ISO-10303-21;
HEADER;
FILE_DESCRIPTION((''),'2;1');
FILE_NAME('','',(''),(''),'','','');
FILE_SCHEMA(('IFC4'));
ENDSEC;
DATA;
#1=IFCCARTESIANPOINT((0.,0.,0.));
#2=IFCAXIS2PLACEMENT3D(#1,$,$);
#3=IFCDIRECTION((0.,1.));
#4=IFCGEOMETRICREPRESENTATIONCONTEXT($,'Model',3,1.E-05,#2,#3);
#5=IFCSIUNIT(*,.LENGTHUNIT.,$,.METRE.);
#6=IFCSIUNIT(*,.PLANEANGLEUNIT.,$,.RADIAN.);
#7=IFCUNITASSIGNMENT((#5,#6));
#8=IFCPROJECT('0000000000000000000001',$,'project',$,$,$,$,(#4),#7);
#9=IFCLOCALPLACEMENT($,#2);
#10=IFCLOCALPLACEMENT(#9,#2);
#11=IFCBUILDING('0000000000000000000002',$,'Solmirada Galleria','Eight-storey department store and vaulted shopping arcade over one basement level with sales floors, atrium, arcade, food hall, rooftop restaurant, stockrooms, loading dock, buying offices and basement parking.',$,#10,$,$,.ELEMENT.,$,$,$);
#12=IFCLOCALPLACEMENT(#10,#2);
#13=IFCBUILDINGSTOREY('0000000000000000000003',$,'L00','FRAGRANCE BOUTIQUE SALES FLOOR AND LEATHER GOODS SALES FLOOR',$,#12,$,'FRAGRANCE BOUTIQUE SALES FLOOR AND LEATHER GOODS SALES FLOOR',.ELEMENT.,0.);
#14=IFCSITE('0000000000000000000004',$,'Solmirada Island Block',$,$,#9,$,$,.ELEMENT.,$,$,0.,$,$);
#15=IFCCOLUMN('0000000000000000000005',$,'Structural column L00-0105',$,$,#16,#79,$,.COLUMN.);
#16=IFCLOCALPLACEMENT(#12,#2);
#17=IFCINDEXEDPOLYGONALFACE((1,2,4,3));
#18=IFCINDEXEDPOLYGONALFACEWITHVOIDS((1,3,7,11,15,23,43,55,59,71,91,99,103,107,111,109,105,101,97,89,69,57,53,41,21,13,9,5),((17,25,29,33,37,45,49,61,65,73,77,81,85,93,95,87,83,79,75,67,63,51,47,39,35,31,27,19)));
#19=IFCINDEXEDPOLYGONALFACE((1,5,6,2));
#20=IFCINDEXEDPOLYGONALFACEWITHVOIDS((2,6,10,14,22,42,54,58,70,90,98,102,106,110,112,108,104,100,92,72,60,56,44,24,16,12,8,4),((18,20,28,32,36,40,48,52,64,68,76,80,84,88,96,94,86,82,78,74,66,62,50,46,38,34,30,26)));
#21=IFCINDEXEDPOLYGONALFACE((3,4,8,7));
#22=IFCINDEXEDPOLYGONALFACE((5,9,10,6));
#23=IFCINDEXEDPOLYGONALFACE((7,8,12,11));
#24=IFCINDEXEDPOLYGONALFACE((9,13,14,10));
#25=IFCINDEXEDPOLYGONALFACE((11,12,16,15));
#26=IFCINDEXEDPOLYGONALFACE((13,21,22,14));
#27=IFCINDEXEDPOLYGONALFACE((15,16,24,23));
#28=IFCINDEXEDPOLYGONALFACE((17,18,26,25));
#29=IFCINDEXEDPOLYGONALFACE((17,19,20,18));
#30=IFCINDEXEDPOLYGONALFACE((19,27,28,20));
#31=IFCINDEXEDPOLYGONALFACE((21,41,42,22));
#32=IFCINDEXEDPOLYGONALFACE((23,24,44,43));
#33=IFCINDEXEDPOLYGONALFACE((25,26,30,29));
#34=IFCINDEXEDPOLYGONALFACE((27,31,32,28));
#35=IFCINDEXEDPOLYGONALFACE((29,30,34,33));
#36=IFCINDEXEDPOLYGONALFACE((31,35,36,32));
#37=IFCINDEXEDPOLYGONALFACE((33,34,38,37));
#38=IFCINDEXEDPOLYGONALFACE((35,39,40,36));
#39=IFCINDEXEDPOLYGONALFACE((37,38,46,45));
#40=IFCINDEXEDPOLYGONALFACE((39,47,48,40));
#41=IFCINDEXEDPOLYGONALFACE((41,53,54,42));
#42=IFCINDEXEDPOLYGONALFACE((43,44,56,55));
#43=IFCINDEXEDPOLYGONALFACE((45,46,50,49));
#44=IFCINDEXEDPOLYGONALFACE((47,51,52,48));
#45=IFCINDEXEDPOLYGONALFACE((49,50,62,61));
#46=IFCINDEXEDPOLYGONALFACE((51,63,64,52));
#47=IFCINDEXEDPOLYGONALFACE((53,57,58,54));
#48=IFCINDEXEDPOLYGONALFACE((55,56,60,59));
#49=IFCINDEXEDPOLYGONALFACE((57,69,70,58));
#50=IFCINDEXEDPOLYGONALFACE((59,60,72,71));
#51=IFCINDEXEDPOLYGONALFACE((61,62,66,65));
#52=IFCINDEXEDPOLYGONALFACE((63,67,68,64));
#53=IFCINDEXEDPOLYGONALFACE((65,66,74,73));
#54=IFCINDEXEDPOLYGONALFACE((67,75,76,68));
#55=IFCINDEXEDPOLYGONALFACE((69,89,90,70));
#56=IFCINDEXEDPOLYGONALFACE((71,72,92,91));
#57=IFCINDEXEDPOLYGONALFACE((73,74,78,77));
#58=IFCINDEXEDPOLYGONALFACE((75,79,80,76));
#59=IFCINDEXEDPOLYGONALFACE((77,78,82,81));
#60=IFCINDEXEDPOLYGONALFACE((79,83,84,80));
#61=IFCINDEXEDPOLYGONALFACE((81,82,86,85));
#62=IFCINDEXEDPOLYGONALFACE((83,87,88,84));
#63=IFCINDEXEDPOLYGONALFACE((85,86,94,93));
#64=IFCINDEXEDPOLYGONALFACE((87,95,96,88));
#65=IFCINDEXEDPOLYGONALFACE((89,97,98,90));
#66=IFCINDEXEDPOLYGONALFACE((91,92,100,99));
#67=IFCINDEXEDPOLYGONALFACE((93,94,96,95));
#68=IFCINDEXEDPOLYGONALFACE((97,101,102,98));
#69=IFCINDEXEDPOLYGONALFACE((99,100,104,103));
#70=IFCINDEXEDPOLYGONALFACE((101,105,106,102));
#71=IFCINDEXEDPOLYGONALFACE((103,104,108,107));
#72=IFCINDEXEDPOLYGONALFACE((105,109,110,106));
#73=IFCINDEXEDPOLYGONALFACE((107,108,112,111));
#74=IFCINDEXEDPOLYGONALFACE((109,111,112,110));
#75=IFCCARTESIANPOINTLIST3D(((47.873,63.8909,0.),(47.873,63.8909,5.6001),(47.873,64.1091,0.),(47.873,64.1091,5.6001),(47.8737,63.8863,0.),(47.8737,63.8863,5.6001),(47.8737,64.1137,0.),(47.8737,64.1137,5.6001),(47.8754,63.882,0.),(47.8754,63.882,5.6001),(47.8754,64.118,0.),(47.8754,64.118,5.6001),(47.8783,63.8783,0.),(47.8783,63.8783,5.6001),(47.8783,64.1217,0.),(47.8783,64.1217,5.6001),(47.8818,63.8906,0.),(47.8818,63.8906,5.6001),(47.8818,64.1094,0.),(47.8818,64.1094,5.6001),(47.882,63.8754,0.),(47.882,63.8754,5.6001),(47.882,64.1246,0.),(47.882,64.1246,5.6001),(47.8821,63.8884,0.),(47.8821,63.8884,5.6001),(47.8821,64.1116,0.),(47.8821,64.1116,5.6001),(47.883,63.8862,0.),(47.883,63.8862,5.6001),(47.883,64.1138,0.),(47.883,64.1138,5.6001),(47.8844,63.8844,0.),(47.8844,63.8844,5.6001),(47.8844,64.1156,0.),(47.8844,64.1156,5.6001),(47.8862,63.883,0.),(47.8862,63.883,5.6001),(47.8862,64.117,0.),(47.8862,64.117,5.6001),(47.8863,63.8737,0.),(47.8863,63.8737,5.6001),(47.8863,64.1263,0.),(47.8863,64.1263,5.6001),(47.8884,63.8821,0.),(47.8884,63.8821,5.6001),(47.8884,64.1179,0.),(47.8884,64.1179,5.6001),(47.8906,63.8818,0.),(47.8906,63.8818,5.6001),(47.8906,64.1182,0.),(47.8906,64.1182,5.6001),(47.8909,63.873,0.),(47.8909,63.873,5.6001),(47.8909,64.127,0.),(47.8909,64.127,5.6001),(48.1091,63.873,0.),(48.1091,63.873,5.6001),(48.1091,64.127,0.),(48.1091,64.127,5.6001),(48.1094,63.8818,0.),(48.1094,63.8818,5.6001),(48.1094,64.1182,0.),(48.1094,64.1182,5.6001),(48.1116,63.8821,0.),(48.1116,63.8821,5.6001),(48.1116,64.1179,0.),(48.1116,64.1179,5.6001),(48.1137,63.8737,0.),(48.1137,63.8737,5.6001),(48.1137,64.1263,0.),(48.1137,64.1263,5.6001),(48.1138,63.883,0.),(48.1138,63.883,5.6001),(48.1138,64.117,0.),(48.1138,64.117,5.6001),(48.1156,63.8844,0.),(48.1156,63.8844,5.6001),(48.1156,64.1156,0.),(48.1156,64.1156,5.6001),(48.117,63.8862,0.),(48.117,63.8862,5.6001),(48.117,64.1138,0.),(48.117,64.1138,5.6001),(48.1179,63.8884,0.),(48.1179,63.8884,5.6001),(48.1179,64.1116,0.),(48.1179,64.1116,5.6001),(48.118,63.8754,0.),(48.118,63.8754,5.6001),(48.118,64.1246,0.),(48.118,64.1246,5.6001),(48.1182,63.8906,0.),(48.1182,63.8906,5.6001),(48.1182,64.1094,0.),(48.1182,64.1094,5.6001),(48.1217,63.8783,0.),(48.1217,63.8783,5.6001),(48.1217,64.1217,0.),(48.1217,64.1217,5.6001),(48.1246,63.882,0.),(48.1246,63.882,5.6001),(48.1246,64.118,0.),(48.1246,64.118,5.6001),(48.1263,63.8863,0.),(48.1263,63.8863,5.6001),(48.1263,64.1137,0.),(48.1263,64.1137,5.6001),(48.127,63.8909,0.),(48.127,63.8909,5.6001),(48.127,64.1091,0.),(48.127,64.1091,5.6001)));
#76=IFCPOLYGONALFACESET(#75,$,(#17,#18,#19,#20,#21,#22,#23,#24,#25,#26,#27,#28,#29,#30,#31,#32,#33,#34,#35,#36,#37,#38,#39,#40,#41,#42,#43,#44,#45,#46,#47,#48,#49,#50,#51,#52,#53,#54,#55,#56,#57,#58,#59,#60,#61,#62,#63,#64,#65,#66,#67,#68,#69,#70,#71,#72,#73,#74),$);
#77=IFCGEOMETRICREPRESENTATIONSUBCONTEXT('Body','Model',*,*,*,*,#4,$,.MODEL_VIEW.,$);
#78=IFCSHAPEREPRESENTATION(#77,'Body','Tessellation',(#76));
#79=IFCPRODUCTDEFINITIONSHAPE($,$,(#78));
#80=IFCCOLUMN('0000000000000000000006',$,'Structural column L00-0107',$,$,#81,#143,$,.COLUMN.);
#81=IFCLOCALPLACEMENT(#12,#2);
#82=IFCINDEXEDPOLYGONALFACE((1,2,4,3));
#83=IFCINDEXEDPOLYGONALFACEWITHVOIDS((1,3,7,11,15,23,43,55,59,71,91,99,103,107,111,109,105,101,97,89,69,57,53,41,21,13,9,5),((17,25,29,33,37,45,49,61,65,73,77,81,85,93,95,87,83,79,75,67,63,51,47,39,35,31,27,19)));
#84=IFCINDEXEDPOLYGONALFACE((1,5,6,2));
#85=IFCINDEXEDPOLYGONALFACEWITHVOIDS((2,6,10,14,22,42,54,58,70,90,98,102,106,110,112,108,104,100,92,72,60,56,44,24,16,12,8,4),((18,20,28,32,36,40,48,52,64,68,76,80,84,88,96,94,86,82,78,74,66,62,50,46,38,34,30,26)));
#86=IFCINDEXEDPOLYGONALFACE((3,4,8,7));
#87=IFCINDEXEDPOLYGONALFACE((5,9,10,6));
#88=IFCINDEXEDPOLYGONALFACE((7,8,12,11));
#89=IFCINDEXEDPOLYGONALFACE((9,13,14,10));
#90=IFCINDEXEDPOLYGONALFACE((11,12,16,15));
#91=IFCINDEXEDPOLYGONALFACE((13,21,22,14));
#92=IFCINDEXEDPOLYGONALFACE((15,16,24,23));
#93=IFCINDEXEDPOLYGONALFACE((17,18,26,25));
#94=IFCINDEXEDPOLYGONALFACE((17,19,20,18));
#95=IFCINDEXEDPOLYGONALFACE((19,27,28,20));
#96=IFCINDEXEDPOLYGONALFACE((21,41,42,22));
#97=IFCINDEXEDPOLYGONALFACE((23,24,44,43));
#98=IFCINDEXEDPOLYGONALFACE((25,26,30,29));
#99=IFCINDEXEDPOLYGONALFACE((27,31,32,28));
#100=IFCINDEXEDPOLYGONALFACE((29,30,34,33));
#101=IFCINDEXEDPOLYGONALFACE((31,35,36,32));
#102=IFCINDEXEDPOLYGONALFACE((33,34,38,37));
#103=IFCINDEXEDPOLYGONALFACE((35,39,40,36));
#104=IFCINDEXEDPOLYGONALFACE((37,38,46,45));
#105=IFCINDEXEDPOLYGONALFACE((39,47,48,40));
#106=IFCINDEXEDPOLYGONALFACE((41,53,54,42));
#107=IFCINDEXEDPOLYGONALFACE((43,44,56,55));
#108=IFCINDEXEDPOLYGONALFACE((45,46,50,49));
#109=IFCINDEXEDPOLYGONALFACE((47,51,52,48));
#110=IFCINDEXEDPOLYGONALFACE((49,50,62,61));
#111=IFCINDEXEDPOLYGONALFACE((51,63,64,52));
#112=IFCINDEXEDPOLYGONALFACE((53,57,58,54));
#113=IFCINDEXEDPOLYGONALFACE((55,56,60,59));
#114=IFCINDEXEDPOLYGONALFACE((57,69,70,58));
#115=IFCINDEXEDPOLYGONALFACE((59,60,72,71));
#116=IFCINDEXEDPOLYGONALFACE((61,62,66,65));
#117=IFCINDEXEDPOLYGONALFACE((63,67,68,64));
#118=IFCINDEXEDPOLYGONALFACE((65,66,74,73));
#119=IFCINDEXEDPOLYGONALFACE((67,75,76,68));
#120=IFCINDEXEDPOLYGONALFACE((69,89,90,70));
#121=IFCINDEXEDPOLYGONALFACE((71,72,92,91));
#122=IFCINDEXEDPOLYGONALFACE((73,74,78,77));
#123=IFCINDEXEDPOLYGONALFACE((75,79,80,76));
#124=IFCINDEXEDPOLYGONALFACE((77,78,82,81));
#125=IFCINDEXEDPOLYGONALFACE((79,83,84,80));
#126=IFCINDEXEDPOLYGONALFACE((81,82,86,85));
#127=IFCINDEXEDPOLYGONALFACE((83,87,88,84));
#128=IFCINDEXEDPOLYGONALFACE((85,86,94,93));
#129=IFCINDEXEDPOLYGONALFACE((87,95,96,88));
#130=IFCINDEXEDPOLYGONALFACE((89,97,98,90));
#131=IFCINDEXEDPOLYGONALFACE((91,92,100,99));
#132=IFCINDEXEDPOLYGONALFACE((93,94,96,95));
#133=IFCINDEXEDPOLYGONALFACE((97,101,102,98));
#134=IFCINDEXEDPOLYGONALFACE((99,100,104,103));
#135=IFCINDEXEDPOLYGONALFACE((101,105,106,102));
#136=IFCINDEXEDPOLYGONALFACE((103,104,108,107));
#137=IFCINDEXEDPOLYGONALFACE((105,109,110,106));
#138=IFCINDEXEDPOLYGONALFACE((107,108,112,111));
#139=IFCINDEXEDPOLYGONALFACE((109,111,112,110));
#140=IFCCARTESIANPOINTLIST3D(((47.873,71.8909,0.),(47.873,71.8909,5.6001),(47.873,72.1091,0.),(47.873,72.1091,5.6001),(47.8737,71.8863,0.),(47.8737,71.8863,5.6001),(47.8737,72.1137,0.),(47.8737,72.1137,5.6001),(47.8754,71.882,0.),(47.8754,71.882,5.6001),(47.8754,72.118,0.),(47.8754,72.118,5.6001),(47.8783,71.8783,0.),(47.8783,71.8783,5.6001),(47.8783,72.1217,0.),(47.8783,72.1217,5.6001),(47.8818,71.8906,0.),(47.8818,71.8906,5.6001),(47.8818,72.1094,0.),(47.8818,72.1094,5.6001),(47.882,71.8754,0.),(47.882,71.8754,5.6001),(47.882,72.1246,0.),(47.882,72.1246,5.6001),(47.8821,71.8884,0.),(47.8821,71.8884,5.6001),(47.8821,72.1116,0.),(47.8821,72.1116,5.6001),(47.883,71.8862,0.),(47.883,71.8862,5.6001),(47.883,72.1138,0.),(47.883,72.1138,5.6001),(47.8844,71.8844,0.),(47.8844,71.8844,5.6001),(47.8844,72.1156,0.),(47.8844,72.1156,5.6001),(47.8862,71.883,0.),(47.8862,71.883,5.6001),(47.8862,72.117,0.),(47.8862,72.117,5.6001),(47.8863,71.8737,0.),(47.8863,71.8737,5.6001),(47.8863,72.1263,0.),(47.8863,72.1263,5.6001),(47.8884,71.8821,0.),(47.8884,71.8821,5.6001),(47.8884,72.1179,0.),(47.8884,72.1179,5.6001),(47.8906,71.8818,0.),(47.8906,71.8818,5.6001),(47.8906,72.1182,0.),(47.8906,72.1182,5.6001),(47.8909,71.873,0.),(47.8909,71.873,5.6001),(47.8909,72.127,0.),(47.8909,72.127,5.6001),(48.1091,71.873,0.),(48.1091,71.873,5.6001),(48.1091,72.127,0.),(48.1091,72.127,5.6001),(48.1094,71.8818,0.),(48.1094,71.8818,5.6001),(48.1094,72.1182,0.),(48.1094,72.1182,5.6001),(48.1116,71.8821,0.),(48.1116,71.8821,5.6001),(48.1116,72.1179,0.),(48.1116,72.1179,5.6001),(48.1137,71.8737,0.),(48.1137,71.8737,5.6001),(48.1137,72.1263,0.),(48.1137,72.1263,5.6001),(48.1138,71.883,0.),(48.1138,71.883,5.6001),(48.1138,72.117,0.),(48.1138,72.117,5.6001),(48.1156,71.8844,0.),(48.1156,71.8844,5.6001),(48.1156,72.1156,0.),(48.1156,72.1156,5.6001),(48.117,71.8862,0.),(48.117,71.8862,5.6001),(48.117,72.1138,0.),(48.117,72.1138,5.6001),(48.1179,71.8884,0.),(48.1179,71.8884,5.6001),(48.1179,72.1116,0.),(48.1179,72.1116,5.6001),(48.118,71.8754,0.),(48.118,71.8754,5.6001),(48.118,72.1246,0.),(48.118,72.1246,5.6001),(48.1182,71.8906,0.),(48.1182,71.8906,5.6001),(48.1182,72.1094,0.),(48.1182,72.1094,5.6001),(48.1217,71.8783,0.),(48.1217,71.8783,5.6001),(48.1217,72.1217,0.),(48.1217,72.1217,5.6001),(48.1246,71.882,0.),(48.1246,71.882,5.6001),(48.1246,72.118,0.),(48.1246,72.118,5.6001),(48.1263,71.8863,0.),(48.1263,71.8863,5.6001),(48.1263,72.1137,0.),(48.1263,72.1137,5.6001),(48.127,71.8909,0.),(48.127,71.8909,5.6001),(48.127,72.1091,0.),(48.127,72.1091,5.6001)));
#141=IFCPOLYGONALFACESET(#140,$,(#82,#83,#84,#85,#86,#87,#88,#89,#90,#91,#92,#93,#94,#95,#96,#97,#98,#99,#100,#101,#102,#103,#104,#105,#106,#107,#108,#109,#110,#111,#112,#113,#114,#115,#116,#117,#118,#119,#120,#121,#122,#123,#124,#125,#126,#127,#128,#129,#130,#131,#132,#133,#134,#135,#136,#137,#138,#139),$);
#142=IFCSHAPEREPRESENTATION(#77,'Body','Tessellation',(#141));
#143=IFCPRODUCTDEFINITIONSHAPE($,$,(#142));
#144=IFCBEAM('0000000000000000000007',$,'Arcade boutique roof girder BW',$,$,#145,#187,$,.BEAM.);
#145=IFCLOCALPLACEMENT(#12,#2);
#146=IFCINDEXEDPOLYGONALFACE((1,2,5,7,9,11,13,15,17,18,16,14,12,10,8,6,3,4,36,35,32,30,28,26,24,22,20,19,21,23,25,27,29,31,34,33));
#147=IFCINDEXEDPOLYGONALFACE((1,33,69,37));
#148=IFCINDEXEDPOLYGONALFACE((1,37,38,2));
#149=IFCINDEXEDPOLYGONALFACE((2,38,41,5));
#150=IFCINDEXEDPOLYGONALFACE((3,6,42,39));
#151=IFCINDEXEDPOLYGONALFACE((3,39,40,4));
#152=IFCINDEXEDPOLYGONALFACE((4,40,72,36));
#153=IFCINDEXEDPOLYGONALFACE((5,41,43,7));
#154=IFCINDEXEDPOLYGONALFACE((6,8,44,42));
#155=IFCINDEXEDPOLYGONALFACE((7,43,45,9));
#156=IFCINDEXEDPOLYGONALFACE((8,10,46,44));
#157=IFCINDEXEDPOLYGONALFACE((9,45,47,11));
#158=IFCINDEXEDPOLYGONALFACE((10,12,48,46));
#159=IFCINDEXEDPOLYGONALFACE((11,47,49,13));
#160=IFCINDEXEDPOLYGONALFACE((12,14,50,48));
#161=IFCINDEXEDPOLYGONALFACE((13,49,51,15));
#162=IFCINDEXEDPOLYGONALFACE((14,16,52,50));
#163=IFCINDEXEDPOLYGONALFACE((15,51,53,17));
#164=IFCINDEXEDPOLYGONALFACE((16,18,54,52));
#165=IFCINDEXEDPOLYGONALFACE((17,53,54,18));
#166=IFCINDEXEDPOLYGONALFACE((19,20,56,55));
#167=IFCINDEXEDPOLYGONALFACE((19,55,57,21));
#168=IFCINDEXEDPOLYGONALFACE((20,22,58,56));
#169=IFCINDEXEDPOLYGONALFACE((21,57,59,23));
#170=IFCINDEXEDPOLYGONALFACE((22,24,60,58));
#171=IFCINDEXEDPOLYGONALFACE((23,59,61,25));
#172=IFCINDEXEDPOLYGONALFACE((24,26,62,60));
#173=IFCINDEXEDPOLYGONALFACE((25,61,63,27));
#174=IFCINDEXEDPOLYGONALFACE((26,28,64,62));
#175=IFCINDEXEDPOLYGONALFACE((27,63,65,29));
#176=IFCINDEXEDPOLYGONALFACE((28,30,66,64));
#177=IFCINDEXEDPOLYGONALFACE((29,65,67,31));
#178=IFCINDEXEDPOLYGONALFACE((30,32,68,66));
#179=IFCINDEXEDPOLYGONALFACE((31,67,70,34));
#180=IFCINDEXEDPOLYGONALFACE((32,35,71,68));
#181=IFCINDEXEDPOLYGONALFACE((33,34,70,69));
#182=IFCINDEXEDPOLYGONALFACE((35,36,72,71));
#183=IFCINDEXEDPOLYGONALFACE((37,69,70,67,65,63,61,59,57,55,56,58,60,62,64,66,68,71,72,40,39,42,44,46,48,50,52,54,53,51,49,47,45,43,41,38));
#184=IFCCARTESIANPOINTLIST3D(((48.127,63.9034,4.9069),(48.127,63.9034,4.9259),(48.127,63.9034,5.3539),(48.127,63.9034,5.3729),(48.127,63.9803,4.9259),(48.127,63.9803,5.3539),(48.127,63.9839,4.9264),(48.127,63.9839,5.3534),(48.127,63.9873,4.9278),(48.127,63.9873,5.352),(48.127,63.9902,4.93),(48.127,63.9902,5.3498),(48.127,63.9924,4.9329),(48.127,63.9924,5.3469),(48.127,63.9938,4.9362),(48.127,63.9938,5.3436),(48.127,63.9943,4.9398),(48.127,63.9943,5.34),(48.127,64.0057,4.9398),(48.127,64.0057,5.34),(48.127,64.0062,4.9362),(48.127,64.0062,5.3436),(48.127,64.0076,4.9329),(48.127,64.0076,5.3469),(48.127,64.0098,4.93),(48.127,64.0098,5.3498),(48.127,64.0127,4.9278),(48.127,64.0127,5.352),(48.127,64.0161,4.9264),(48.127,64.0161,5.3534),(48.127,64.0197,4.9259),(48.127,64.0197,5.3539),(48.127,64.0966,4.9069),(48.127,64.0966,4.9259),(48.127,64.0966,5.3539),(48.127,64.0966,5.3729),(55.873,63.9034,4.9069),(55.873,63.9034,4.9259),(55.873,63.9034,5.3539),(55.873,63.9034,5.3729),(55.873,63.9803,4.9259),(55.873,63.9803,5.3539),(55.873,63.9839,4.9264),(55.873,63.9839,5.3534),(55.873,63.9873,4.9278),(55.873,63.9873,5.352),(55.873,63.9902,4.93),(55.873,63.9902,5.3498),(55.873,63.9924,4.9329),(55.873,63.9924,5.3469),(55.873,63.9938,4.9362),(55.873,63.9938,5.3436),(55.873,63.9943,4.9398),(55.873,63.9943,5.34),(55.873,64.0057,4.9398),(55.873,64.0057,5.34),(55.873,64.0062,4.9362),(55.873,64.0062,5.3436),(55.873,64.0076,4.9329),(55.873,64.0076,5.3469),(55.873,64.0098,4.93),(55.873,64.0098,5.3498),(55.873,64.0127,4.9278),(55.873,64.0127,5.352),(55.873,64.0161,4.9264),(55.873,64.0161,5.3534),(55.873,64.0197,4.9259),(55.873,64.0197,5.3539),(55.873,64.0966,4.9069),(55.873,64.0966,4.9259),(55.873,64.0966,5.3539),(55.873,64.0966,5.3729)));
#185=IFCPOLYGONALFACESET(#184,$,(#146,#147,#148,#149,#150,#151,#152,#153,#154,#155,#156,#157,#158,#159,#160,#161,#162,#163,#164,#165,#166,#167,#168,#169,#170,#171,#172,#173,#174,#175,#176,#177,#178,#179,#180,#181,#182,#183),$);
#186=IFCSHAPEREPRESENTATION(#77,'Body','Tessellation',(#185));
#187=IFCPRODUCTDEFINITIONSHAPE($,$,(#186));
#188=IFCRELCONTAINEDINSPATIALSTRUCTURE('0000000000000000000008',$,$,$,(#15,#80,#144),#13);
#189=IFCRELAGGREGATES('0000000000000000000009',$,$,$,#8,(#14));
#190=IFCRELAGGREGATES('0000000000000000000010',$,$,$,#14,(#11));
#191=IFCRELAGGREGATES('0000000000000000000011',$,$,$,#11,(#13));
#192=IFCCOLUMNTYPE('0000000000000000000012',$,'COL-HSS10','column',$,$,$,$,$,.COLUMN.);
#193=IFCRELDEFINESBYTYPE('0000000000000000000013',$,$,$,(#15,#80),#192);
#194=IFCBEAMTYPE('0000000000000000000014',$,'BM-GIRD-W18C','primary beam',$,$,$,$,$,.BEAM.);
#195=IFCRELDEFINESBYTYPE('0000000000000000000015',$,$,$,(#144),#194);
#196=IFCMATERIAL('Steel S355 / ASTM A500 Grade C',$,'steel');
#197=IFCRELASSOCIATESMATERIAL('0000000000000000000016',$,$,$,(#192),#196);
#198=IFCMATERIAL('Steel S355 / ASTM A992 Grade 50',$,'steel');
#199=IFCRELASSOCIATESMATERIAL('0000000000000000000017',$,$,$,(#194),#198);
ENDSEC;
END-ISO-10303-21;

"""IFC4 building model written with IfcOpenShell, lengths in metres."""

from ifc_helpers import new_model, si_unit, direction, frame, origin, origin_2d, place, context, subcontext, project, spatial, hollow_rectangle, i_section, extrude, material, material_profile, profile_set, type_object, element, save


model = new_model("IFC4")

# Units and contexts
model_context = context("Model", 3, precision=1e-05, world=origin(), true_north=direction((0.0, 1.0)))
body_context = subcontext(model_context, "Body", "Model", "MODEL_VIEW")
ifc_project = project(units=[si_unit("LENGTHUNIT", "METRE"), si_unit("PLANEANGLEUNIT", "RADIAN")], contexts=[model_context])

# Site, building, storey
site_placement = place(None, origin())
site = spatial("IfcSite", under=ifc_project, at=site_placement, Name="Solmirada Island Block", CompositionType="ELEMENT", RefElevation=0.0)
building_placement = place(site_placement, origin())
building = spatial("IfcBuilding", under=site, at=building_placement, Name="Solmirada Galleria", Description="Eight-storey department store and vaulted shopping arcade over one basement level with sales floors, atrium, arcade, food hall, rooftop restaurant, stockrooms, loading dock, buying offices and basement parking.", CompositionType="ELEMENT")
storey_placement = place(building_placement, origin())
storey = spatial("IfcBuildingStorey", under=building, at=storey_placement, Name="L00", Description="FRAGRANCE BOUTIQUE SALES FLOOR AND LEATHER GOODS SALES FLOOR", LongName="FRAGRANCE BOUTIQUE SALES FLOOR AND LEATHER GOODS SALES FLOOR", CompositionType="ELEMENT", Elevation=0.0)

# Columns
ifc_material_1 = material(Name="Steel S355 / ASTM A500 Grade C", Category="steel")
ifc_material_profile_1 = material_profile(ifc_material_1, hollow_rectangle(XDim=0.2539, YDim=0.2539, WallThickness=0.0088, InnerFilletRadius=0.0088, OuterFilletRadius=0.0178, at=origin_2d()), Name="HSS10X10X3/8")
ifc_profile_set_1 = profile_set([ifc_material_profile_1], Name="Steel S355 / ASTM A500 Grade C")
column_type = type_object("IfcColumnType", Name="COL-HSS10", Description="column", PredefinedType="COLUMN", material=ifc_profile_set_1)
for number, where, z_axis, x_axis, name in (
    (1, (48.0, 64.0, 0.0), (0.0, 0.0, 1.0), (1.0, 0.0, 0.0), "Structural column L00-0105"),
    (2, (48.0, 72.0, 0.0), (0.0, 0.0, 1.0), (1.0, 0.0, 0.0), "Structural column L00-0107"),
):
    element("IfcColumn", number, at=place(storey_placement, frame(where, z_axis=z_axis, x_axis=x_axis)), inside=storey, type_object=column_type, Name=name, PredefinedType="COLUMN", context=body_context, shape_type="SweptSolid", body=[
        extrude(hollow_rectangle(XDim=0.2539, YDim=0.2539, WallThickness=0.0088, InnerFilletRadius=0.0088, OuterFilletRadius=0.0178, at=origin_2d()), origin(), (0.0, 0.0, 1.0), 5.6001),
    ])

# Beam
ifc_material_2 = material(Name="Steel S355 / ASTM A992 Grade 50", Category="steel")
ifc_material_profile_2 = material_profile(ifc_material_2, i_section(OverallWidth=0.1931, OverallDepth=0.4661, WebThickness=0.0115, FlangeThickness=0.019, FilletRadius=0.0139, at=origin_2d()), Name="W18X65")
ifc_profile_set_2 = profile_set([ifc_material_profile_2], Name="Steel S355 / ASTM A992 Grade 50")
beam_type_1 = type_object("IfcBeamType", Name="BM-GIRD-W18C", Description="primary beam", PredefinedType="BEAM", material=ifc_profile_set_2)
beam_1_placement = place(storey_placement, frame((48.127, 64.0, 5.1399), z_axis=(1.0, 0.0, 0.0), x_axis=(0.0, 1.0, 0.0)))
element("IfcBeam", 3, at=beam_1_placement, inside=storey, type_object=beam_type_1, Name="Arcade boutique roof girder BW", PredefinedType="BEAM", context=body_context, shape_type="SweptSolid", body=[
    extrude(i_section(OverallWidth=0.1931, OverallDepth=0.4661, WebThickness=0.0115, FlangeThickness=0.019, FilletRadius=0.0139, at=origin_2d()), origin(), (0.0, 0.0, 1.0), 7.7461),
])

save(model, "model.ifc")
